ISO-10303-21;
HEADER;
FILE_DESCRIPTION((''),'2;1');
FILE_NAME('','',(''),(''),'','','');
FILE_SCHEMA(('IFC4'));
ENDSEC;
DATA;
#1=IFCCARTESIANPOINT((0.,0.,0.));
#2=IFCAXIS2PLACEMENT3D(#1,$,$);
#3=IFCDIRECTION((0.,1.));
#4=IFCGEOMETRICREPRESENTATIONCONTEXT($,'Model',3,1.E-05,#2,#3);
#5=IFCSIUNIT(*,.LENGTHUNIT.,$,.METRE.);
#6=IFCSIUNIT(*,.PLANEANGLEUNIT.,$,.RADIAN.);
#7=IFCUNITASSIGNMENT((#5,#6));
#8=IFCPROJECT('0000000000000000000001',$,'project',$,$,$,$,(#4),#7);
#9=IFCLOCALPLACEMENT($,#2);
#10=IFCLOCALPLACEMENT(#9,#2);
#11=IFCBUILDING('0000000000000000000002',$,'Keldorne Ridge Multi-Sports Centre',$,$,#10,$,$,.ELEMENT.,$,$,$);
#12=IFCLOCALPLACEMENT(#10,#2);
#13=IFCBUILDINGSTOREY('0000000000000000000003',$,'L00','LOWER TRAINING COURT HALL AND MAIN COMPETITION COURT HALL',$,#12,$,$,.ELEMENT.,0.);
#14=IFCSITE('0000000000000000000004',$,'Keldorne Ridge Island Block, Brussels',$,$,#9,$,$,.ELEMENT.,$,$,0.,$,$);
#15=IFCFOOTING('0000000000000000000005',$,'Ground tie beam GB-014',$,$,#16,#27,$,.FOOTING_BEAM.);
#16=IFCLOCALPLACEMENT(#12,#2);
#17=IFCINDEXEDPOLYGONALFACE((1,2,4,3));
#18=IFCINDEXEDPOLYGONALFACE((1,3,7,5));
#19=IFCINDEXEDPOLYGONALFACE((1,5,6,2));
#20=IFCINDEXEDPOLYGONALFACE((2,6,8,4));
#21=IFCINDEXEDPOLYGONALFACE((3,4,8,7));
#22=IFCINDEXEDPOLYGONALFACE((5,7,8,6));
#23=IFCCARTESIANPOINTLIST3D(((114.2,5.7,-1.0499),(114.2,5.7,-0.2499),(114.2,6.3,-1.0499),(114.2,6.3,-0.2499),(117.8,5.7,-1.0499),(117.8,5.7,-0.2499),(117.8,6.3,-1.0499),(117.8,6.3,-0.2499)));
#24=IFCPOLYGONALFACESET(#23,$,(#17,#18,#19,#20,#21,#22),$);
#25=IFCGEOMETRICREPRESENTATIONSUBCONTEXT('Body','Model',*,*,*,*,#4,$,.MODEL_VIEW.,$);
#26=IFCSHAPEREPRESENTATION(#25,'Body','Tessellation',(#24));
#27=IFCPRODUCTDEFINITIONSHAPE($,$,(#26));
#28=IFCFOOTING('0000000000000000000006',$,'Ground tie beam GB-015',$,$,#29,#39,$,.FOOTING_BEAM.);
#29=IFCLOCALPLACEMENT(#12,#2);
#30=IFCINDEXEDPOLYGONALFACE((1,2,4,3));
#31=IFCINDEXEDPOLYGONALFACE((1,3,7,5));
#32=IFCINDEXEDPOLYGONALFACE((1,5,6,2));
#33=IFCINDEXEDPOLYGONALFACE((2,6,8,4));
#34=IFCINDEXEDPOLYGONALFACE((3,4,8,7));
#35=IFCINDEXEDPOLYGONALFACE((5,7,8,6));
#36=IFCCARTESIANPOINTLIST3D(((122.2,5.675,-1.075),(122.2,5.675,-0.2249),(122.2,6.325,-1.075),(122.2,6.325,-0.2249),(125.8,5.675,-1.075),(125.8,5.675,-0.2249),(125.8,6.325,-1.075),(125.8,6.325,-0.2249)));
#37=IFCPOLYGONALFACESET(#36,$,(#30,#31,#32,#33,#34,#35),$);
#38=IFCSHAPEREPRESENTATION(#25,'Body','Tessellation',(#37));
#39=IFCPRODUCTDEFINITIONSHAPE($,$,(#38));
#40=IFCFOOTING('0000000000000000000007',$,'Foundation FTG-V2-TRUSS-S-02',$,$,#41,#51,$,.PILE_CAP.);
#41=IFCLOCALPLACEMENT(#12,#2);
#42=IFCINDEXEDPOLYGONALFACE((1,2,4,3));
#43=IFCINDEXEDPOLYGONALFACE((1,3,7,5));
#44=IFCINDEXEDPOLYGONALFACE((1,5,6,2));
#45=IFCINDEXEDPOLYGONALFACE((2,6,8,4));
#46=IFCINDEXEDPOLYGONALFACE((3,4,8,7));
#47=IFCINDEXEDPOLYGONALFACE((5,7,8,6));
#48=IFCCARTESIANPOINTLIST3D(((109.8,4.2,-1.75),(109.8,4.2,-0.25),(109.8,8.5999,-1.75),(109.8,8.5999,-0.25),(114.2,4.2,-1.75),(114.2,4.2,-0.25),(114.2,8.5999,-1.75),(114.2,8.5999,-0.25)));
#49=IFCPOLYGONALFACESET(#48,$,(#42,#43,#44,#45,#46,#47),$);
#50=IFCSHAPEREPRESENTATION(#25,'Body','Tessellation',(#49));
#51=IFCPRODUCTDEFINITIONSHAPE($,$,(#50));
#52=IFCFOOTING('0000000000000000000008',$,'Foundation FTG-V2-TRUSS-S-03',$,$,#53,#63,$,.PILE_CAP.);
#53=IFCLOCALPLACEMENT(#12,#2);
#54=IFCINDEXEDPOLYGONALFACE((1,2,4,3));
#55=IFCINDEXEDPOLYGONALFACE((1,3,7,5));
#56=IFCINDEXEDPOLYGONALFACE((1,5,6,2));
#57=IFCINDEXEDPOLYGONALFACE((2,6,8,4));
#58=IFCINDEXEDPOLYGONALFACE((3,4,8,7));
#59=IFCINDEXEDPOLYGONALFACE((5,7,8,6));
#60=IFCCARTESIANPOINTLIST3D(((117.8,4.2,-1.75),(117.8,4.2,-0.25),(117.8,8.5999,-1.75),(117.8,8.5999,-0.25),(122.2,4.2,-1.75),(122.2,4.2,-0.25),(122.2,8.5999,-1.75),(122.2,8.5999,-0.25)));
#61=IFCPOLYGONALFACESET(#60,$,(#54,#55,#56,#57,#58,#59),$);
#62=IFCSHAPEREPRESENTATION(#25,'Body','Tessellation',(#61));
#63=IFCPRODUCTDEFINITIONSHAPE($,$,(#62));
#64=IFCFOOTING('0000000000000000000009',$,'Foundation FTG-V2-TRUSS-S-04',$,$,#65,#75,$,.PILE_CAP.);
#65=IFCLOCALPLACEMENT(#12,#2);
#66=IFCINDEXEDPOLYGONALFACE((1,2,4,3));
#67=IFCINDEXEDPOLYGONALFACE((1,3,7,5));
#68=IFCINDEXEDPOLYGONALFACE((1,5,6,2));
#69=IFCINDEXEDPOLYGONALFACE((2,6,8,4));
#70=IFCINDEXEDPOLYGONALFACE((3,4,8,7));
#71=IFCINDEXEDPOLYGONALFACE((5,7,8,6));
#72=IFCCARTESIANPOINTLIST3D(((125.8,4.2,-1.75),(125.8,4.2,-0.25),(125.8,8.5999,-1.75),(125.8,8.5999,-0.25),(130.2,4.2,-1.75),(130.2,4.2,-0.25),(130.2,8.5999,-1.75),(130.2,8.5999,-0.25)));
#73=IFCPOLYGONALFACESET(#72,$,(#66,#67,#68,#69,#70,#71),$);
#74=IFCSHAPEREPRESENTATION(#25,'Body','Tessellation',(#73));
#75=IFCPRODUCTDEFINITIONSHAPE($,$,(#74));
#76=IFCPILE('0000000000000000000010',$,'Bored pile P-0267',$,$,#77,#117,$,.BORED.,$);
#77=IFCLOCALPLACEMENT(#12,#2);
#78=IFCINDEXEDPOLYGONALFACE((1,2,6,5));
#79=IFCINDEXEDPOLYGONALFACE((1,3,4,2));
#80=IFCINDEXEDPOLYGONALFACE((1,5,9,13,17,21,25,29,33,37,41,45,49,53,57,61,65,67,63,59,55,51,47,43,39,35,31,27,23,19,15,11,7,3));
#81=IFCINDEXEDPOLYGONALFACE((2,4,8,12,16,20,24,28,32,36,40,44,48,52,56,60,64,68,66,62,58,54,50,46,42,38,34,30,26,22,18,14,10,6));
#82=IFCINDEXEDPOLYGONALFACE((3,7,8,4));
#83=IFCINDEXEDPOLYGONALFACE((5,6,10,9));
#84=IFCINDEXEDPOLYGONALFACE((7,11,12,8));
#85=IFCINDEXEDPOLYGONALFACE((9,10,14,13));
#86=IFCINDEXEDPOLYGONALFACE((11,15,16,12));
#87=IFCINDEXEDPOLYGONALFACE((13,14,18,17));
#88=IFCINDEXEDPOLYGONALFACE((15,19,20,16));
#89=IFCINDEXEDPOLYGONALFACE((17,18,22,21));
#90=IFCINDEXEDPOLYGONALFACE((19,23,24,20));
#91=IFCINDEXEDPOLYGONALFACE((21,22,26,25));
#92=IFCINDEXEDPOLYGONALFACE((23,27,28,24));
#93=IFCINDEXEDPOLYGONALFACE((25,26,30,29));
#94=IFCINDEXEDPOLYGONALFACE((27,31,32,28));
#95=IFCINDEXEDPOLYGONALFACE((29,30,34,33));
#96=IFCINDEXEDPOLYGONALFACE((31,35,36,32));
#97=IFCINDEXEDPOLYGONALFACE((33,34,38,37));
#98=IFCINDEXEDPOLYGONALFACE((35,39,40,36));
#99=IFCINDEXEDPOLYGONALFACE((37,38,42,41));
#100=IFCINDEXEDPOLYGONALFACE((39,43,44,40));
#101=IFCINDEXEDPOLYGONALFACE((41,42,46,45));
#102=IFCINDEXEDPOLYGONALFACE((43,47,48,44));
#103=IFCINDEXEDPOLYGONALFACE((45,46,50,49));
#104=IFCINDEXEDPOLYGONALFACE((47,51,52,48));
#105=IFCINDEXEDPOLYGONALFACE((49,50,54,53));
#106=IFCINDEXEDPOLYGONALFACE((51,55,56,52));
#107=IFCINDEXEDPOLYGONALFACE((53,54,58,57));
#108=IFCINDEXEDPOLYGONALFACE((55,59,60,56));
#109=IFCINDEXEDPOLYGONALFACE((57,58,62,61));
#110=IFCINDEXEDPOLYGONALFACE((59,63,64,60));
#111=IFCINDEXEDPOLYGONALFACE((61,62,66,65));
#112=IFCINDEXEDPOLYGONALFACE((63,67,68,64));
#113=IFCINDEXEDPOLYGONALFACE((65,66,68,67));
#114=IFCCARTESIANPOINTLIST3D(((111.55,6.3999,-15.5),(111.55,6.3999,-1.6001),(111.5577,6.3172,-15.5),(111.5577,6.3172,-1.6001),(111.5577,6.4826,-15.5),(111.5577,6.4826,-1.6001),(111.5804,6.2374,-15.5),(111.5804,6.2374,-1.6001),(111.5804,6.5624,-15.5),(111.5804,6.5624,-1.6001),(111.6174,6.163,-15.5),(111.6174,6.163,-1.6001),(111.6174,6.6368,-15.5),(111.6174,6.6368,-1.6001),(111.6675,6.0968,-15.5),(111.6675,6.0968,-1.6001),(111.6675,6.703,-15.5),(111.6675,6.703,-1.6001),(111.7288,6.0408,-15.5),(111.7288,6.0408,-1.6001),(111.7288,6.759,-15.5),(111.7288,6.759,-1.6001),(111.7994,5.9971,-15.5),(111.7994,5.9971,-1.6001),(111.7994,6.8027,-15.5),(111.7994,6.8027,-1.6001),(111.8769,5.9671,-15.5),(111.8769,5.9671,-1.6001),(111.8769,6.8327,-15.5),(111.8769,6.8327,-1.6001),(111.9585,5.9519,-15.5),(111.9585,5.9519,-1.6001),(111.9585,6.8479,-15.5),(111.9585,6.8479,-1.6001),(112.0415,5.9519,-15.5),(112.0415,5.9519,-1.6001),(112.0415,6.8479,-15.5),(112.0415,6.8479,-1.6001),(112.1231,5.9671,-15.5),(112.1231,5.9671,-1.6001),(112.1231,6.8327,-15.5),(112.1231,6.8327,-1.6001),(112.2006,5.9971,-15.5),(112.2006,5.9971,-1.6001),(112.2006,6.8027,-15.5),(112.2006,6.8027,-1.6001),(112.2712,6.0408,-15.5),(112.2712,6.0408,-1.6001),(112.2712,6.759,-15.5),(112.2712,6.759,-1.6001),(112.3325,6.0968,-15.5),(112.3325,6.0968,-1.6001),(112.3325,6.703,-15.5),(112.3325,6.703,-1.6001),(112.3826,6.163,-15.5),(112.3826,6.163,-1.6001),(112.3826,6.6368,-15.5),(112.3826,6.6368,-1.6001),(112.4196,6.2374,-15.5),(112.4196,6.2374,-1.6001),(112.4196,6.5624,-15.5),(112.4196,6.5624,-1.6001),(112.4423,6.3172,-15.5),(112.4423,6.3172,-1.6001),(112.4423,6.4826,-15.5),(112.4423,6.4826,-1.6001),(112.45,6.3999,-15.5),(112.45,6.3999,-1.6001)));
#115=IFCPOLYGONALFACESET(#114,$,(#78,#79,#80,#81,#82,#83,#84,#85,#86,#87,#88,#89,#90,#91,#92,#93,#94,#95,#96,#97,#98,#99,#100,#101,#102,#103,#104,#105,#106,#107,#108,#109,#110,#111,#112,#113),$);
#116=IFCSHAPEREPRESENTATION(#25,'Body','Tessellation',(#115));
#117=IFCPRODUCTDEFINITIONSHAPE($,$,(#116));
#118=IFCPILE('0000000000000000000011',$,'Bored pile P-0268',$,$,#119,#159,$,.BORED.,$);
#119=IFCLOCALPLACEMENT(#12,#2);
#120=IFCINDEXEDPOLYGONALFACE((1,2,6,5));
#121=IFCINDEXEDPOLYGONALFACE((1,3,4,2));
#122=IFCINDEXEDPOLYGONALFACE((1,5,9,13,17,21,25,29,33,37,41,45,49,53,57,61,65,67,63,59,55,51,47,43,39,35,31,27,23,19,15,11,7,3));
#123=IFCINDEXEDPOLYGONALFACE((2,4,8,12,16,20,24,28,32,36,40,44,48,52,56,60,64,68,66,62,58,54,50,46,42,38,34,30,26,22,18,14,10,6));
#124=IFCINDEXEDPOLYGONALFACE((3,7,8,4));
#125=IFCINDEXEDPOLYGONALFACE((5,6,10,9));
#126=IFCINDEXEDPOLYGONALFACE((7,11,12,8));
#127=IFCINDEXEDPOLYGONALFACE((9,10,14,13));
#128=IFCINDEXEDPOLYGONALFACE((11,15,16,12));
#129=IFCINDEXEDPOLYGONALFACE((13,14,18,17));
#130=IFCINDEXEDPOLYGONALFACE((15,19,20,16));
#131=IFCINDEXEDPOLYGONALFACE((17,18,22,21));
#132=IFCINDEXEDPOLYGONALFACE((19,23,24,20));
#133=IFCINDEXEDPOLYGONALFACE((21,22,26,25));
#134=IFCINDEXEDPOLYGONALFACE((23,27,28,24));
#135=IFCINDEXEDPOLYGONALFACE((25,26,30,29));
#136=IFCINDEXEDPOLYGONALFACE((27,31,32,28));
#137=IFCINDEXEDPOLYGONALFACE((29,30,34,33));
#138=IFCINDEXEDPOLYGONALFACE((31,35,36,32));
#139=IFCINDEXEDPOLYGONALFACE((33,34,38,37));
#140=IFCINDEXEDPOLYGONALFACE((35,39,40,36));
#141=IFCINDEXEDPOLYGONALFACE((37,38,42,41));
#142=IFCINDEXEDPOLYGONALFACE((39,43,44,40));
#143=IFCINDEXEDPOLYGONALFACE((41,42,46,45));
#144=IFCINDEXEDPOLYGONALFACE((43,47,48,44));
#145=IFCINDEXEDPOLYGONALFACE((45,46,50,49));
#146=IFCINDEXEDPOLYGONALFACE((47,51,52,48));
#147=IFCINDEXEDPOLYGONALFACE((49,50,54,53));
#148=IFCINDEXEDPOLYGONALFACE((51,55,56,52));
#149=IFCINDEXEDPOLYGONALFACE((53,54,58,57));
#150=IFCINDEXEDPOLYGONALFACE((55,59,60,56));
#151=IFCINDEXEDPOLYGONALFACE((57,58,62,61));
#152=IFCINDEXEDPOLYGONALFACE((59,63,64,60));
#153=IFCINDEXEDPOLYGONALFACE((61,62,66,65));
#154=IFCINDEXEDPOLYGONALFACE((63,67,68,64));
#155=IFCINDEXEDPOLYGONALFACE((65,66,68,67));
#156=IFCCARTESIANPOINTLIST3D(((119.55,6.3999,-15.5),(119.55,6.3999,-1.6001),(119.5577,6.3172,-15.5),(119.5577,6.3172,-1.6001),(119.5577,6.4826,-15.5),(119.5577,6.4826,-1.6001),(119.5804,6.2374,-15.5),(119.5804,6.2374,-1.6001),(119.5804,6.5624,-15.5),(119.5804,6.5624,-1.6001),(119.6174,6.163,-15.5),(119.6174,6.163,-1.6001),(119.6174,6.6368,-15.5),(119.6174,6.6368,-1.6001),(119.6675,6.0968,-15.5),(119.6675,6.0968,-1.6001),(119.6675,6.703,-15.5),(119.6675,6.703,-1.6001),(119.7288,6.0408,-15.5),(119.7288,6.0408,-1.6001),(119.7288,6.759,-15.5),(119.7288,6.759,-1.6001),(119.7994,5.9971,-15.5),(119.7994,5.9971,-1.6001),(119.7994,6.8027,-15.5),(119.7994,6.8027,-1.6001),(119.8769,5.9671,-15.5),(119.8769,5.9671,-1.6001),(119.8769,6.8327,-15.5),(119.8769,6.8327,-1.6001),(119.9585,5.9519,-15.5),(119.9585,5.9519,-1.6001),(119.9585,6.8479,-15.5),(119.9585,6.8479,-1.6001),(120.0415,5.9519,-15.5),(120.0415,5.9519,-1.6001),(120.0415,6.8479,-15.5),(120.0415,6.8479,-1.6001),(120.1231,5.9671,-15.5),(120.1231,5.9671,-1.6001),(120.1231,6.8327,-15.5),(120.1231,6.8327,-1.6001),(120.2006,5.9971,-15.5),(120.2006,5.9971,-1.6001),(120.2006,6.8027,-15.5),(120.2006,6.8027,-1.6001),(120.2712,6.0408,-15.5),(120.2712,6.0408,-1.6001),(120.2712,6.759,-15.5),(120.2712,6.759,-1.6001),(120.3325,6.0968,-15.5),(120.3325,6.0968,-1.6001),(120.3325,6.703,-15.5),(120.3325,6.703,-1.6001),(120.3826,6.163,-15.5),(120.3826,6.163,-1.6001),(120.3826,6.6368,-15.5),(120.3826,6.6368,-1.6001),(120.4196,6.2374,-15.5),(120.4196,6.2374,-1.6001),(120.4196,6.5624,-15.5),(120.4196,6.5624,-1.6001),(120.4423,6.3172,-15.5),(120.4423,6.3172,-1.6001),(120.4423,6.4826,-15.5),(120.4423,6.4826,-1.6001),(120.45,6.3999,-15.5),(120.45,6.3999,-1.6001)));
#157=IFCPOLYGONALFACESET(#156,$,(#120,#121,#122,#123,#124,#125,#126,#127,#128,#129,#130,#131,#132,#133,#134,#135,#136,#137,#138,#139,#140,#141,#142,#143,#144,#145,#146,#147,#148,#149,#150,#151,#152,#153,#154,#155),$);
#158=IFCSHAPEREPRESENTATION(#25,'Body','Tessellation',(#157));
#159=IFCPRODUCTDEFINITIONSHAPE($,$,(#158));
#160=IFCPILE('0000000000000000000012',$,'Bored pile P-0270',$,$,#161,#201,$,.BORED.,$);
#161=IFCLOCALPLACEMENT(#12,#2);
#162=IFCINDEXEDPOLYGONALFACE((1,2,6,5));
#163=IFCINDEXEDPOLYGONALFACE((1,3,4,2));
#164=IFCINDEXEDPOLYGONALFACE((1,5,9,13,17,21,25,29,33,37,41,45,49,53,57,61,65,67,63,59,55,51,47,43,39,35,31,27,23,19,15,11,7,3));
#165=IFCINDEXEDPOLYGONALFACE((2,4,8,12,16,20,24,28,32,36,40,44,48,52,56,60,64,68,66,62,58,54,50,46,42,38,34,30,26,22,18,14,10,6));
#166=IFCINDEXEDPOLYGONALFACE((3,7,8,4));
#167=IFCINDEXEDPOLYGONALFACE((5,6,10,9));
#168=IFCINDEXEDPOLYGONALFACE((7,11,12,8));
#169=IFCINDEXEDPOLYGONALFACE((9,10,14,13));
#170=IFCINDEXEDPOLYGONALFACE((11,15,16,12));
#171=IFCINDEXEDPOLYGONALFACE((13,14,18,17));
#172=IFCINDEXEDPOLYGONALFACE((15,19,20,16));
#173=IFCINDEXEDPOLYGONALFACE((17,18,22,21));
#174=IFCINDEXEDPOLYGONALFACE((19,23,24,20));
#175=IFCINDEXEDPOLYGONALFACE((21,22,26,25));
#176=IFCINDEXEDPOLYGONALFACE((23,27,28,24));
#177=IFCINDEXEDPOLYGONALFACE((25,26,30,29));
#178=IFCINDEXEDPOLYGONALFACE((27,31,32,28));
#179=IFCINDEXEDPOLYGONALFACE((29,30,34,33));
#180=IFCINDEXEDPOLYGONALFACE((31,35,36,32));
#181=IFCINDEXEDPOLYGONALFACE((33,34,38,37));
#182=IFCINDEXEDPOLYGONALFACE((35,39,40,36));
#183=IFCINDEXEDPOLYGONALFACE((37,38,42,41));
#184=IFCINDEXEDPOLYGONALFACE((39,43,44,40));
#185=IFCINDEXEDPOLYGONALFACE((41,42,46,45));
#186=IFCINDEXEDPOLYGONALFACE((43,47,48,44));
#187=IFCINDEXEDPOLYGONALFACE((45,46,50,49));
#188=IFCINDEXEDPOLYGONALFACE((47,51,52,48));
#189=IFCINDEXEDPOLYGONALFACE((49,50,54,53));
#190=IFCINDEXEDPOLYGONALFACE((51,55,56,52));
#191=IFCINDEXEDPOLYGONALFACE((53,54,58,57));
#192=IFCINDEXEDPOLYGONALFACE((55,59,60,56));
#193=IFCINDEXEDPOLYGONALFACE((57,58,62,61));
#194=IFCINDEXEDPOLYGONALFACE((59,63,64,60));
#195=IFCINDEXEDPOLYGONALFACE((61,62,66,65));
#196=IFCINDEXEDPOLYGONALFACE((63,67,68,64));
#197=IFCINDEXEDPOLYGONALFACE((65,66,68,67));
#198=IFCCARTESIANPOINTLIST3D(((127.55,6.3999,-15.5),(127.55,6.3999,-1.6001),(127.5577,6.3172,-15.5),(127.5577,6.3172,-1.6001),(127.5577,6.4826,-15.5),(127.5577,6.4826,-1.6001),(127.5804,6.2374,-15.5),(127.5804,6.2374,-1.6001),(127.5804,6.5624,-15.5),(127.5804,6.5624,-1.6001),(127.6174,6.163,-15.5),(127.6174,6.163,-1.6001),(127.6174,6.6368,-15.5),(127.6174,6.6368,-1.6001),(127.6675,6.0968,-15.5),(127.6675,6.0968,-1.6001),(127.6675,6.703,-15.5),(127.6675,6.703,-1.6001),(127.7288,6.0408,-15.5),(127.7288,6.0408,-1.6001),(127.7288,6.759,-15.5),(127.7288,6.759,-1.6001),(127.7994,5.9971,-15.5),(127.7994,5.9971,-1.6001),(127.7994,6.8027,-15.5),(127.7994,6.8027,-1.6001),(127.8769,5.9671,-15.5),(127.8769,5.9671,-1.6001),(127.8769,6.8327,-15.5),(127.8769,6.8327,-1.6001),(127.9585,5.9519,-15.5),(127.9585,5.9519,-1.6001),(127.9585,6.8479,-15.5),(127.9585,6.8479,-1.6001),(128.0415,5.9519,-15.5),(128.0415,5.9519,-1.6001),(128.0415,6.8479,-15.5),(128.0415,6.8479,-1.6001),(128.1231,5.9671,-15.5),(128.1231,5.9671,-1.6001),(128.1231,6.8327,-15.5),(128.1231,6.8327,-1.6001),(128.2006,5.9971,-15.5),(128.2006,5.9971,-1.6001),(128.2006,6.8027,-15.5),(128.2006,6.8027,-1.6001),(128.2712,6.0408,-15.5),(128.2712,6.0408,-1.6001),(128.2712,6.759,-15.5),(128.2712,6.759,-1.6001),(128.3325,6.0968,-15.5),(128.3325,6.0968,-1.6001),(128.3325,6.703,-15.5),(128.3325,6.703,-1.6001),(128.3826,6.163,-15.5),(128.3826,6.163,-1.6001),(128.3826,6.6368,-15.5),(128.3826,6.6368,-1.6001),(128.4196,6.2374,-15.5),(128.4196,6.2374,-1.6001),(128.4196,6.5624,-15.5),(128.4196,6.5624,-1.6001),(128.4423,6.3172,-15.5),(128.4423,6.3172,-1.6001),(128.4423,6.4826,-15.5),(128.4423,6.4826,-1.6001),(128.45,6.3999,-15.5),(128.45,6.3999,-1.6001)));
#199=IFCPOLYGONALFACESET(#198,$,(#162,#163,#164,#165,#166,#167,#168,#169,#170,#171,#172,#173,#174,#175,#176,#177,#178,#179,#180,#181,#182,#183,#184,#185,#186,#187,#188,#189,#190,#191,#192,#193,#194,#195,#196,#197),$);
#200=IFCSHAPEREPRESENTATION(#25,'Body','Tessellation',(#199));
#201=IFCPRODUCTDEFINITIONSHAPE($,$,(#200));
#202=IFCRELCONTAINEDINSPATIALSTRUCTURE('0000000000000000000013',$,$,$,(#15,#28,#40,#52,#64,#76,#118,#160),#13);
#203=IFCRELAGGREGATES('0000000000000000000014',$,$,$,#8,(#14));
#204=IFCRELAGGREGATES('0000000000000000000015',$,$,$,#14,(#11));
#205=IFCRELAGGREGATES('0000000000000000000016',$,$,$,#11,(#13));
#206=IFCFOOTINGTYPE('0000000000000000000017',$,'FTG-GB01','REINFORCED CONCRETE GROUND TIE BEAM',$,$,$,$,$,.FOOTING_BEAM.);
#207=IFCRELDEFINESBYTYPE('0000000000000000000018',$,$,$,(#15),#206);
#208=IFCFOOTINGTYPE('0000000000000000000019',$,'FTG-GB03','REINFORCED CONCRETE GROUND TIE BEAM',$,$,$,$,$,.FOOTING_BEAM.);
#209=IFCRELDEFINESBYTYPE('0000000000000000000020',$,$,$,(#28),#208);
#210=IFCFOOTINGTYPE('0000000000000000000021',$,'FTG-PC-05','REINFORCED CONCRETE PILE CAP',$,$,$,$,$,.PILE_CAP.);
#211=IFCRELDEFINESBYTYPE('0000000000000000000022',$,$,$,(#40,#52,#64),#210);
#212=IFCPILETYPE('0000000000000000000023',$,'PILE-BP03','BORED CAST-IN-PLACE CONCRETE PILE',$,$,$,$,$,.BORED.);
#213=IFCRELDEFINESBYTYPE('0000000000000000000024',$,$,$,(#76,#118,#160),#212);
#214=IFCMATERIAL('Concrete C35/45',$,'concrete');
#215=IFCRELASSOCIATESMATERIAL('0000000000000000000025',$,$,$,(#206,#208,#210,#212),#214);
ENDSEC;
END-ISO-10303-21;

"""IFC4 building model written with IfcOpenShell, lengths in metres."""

from ifc_helpers import new_model, si_unit, direction, frame, origin, origin_2d, place, context, subcontext, project, spatial, rectangle, circle, extrude, material, material_profile, profile_set, type_object, element, save


model = new_model("IFC4")

# Units and contexts
model_context = context("Model", 3, precision=1e-05, world=origin(), true_north=direction((0.0, 1.0)))
body_context = subcontext(model_context, "Body", "Model", "MODEL_VIEW")
ifc_project = project(units=[si_unit("LENGTHUNIT", "METRE"), si_unit("PLANEANGLEUNIT", "RADIAN")], contexts=[model_context])

# Site, building, storey
site_placement = place(None, origin())
site = spatial("IfcSite", under=ifc_project, at=site_placement, Name="Keldorne Ridge Island Block, Brussels", CompositionType="ELEMENT", RefElevation=0.0)
building_placement = place(site_placement, origin())
building = spatial("IfcBuilding", under=site, at=building_placement, Name="Keldorne Ridge Multi-Sports Centre", CompositionType="ELEMENT")
storey_placement = place(building_placement, origin())
storey = spatial("IfcBuildingStorey", under=building, at=storey_placement, Name="L00", Description="LOWER TRAINING COURT HALL AND MAIN COMPETITION COURT HALL", CompositionType="ELEMENT", Elevation=0.0)

# Footings
ifc_material_1 = material(Name="Concrete C35/45", Category="concrete")
ifc_material_profile_1 = material_profile(ifc_material_1, rectangle(XDim=0.6001, YDim=0.8, at=origin_2d()), Name="GB 600x800")
ifc_profile_set_1 = profile_set([ifc_material_profile_1], Name="Concrete C35/45")
footing_type_1 = type_object("IfcFootingType", Name="FTG-GB01", Description="REINFORCED CONCRETE GROUND TIE BEAM", PredefinedType="FOOTING_BEAM", material=ifc_profile_set_1)
footing_1_placement = place(storey_placement, frame((114.2, 6.0, -0.6499), z_axis=(1.0, 0.0, 0.0), x_axis=(0.0, 1.0, 0.0)))
element("IfcFooting", 1, at=footing_1_placement, inside=storey, type_object=footing_type_1, Name="Ground tie beam GB-014", PredefinedType="FOOTING_BEAM", context=body_context, shape_type="SweptSolid", body=[
    extrude(rectangle(XDim=0.6001, YDim=0.8, at=origin_2d()), origin(), (0.0, 0.0, 1.0), 3.6001),
])
ifc_material_profile_2 = material_profile(ifc_material_1, rectangle(XDim=0.6499, YDim=0.8501, at=origin_2d()), Name="GB 650x850")
ifc_profile_set_2 = profile_set([ifc_material_profile_2], Name="Concrete C35/45")
footing_type_2 = type_object("IfcFootingType", Name="FTG-GB03", Description="REINFORCED CONCRETE GROUND TIE BEAM", PredefinedType="FOOTING_BEAM", material=ifc_profile_set_2)
footing_2_placement = place(storey_placement, frame((122.2, 6.0, -0.6499), z_axis=(1.0, 0.0, 0.0), x_axis=(0.0, 1.0, 0.0)))
element("IfcFooting", 2, at=footing_2_placement, inside=storey, type_object=footing_type_2, Name="Ground tie beam GB-015", PredefinedType="FOOTING_BEAM", context=body_context, shape_type="SweptSolid", body=[
    extrude(rectangle(XDim=0.6499, YDim=0.8501, at=origin_2d()), origin(), (0.0, 0.0, 1.0), 3.6001),
])
footing_type_3 = type_object("IfcFootingType", Name="FTG-PC-05", Description="REINFORCED CONCRETE PILE CAP", PredefinedType="PILE_CAP", material=ifc_material_1)
for number, where, z_axis, x_axis, name in (
    (3, (112.0, 6.3999, -1.75), (0.0, 0.0, 1.0), (1.0, 0.0, 0.0), "Foundation FTG-V2-TRUSS-S-02"),
    (4, (120.0, 6.3999, -1.75), (0.0, 0.0, 1.0), (1.0, 0.0, 0.0), "Foundation FTG-V2-TRUSS-S-03"),
    (5, (128.0, 6.3999, -1.75), (0.0, 0.0, 1.0), (1.0, 0.0, 0.0), "Foundation FTG-V2-TRUSS-S-04"),
):
    element("IfcFooting", number, at=place(storey_placement, frame(where, z_axis=z_axis, x_axis=x_axis)), inside=storey, type_object=footing_type_3, Name=name, PredefinedType="PILE_CAP", context=body_context, shape_type="SweptSolid", body=[
        extrude(rectangle(XDim=4.3999, YDim=4.3999, at=origin_2d()), origin(), (0.0, 0.0, 1.0), 1.5),
    ])

# Piles
ifc_material_profile_3 = material_profile(ifc_material_1, circle(Radius=0.45, at=origin_2d()), Name="BORED PILE D900")
ifc_profile_set_3 = profile_set([ifc_material_profile_3], Name="Concrete C35/45")
pile_type = type_object("IfcPileType", Name="PILE-BP03", Description="BORED CAST-IN-PLACE CONCRETE PILE", PredefinedType="BORED", material=ifc_profile_set_3)
for number, where, z_axis, x_axis, name in (
    (6, (112.0, 6.3999, -1.6001), (0.0, 0.0, -1.0), (1.0, 0.0, 0.0), "Bored pile P-0267"),
    (7, (120.0, 6.3999, -1.6001), (0.0, 0.0, -1.0), (1.0, 0.0, 0.0), "Bored pile P-0268"),
    (8, (128.0, 6.3999, -1.6001), (0.0, 0.0, -1.0), (1.0, 0.0, 0.0), "Bored pile P-0270"),
):
    element("IfcPile", number, at=place(storey_placement, frame(where, z_axis=z_axis, x_axis=x_axis)), inside=storey, type_object=pile_type, Name=name, PredefinedType="BORED", context=body_context, shape_type="SweptSolid", body=[
        extrude(circle(Radius=0.45, at=origin_2d()), origin(), (0.0, 0.0, 1.0), 13.8999),
    ])

save(model, "model.ifc")
